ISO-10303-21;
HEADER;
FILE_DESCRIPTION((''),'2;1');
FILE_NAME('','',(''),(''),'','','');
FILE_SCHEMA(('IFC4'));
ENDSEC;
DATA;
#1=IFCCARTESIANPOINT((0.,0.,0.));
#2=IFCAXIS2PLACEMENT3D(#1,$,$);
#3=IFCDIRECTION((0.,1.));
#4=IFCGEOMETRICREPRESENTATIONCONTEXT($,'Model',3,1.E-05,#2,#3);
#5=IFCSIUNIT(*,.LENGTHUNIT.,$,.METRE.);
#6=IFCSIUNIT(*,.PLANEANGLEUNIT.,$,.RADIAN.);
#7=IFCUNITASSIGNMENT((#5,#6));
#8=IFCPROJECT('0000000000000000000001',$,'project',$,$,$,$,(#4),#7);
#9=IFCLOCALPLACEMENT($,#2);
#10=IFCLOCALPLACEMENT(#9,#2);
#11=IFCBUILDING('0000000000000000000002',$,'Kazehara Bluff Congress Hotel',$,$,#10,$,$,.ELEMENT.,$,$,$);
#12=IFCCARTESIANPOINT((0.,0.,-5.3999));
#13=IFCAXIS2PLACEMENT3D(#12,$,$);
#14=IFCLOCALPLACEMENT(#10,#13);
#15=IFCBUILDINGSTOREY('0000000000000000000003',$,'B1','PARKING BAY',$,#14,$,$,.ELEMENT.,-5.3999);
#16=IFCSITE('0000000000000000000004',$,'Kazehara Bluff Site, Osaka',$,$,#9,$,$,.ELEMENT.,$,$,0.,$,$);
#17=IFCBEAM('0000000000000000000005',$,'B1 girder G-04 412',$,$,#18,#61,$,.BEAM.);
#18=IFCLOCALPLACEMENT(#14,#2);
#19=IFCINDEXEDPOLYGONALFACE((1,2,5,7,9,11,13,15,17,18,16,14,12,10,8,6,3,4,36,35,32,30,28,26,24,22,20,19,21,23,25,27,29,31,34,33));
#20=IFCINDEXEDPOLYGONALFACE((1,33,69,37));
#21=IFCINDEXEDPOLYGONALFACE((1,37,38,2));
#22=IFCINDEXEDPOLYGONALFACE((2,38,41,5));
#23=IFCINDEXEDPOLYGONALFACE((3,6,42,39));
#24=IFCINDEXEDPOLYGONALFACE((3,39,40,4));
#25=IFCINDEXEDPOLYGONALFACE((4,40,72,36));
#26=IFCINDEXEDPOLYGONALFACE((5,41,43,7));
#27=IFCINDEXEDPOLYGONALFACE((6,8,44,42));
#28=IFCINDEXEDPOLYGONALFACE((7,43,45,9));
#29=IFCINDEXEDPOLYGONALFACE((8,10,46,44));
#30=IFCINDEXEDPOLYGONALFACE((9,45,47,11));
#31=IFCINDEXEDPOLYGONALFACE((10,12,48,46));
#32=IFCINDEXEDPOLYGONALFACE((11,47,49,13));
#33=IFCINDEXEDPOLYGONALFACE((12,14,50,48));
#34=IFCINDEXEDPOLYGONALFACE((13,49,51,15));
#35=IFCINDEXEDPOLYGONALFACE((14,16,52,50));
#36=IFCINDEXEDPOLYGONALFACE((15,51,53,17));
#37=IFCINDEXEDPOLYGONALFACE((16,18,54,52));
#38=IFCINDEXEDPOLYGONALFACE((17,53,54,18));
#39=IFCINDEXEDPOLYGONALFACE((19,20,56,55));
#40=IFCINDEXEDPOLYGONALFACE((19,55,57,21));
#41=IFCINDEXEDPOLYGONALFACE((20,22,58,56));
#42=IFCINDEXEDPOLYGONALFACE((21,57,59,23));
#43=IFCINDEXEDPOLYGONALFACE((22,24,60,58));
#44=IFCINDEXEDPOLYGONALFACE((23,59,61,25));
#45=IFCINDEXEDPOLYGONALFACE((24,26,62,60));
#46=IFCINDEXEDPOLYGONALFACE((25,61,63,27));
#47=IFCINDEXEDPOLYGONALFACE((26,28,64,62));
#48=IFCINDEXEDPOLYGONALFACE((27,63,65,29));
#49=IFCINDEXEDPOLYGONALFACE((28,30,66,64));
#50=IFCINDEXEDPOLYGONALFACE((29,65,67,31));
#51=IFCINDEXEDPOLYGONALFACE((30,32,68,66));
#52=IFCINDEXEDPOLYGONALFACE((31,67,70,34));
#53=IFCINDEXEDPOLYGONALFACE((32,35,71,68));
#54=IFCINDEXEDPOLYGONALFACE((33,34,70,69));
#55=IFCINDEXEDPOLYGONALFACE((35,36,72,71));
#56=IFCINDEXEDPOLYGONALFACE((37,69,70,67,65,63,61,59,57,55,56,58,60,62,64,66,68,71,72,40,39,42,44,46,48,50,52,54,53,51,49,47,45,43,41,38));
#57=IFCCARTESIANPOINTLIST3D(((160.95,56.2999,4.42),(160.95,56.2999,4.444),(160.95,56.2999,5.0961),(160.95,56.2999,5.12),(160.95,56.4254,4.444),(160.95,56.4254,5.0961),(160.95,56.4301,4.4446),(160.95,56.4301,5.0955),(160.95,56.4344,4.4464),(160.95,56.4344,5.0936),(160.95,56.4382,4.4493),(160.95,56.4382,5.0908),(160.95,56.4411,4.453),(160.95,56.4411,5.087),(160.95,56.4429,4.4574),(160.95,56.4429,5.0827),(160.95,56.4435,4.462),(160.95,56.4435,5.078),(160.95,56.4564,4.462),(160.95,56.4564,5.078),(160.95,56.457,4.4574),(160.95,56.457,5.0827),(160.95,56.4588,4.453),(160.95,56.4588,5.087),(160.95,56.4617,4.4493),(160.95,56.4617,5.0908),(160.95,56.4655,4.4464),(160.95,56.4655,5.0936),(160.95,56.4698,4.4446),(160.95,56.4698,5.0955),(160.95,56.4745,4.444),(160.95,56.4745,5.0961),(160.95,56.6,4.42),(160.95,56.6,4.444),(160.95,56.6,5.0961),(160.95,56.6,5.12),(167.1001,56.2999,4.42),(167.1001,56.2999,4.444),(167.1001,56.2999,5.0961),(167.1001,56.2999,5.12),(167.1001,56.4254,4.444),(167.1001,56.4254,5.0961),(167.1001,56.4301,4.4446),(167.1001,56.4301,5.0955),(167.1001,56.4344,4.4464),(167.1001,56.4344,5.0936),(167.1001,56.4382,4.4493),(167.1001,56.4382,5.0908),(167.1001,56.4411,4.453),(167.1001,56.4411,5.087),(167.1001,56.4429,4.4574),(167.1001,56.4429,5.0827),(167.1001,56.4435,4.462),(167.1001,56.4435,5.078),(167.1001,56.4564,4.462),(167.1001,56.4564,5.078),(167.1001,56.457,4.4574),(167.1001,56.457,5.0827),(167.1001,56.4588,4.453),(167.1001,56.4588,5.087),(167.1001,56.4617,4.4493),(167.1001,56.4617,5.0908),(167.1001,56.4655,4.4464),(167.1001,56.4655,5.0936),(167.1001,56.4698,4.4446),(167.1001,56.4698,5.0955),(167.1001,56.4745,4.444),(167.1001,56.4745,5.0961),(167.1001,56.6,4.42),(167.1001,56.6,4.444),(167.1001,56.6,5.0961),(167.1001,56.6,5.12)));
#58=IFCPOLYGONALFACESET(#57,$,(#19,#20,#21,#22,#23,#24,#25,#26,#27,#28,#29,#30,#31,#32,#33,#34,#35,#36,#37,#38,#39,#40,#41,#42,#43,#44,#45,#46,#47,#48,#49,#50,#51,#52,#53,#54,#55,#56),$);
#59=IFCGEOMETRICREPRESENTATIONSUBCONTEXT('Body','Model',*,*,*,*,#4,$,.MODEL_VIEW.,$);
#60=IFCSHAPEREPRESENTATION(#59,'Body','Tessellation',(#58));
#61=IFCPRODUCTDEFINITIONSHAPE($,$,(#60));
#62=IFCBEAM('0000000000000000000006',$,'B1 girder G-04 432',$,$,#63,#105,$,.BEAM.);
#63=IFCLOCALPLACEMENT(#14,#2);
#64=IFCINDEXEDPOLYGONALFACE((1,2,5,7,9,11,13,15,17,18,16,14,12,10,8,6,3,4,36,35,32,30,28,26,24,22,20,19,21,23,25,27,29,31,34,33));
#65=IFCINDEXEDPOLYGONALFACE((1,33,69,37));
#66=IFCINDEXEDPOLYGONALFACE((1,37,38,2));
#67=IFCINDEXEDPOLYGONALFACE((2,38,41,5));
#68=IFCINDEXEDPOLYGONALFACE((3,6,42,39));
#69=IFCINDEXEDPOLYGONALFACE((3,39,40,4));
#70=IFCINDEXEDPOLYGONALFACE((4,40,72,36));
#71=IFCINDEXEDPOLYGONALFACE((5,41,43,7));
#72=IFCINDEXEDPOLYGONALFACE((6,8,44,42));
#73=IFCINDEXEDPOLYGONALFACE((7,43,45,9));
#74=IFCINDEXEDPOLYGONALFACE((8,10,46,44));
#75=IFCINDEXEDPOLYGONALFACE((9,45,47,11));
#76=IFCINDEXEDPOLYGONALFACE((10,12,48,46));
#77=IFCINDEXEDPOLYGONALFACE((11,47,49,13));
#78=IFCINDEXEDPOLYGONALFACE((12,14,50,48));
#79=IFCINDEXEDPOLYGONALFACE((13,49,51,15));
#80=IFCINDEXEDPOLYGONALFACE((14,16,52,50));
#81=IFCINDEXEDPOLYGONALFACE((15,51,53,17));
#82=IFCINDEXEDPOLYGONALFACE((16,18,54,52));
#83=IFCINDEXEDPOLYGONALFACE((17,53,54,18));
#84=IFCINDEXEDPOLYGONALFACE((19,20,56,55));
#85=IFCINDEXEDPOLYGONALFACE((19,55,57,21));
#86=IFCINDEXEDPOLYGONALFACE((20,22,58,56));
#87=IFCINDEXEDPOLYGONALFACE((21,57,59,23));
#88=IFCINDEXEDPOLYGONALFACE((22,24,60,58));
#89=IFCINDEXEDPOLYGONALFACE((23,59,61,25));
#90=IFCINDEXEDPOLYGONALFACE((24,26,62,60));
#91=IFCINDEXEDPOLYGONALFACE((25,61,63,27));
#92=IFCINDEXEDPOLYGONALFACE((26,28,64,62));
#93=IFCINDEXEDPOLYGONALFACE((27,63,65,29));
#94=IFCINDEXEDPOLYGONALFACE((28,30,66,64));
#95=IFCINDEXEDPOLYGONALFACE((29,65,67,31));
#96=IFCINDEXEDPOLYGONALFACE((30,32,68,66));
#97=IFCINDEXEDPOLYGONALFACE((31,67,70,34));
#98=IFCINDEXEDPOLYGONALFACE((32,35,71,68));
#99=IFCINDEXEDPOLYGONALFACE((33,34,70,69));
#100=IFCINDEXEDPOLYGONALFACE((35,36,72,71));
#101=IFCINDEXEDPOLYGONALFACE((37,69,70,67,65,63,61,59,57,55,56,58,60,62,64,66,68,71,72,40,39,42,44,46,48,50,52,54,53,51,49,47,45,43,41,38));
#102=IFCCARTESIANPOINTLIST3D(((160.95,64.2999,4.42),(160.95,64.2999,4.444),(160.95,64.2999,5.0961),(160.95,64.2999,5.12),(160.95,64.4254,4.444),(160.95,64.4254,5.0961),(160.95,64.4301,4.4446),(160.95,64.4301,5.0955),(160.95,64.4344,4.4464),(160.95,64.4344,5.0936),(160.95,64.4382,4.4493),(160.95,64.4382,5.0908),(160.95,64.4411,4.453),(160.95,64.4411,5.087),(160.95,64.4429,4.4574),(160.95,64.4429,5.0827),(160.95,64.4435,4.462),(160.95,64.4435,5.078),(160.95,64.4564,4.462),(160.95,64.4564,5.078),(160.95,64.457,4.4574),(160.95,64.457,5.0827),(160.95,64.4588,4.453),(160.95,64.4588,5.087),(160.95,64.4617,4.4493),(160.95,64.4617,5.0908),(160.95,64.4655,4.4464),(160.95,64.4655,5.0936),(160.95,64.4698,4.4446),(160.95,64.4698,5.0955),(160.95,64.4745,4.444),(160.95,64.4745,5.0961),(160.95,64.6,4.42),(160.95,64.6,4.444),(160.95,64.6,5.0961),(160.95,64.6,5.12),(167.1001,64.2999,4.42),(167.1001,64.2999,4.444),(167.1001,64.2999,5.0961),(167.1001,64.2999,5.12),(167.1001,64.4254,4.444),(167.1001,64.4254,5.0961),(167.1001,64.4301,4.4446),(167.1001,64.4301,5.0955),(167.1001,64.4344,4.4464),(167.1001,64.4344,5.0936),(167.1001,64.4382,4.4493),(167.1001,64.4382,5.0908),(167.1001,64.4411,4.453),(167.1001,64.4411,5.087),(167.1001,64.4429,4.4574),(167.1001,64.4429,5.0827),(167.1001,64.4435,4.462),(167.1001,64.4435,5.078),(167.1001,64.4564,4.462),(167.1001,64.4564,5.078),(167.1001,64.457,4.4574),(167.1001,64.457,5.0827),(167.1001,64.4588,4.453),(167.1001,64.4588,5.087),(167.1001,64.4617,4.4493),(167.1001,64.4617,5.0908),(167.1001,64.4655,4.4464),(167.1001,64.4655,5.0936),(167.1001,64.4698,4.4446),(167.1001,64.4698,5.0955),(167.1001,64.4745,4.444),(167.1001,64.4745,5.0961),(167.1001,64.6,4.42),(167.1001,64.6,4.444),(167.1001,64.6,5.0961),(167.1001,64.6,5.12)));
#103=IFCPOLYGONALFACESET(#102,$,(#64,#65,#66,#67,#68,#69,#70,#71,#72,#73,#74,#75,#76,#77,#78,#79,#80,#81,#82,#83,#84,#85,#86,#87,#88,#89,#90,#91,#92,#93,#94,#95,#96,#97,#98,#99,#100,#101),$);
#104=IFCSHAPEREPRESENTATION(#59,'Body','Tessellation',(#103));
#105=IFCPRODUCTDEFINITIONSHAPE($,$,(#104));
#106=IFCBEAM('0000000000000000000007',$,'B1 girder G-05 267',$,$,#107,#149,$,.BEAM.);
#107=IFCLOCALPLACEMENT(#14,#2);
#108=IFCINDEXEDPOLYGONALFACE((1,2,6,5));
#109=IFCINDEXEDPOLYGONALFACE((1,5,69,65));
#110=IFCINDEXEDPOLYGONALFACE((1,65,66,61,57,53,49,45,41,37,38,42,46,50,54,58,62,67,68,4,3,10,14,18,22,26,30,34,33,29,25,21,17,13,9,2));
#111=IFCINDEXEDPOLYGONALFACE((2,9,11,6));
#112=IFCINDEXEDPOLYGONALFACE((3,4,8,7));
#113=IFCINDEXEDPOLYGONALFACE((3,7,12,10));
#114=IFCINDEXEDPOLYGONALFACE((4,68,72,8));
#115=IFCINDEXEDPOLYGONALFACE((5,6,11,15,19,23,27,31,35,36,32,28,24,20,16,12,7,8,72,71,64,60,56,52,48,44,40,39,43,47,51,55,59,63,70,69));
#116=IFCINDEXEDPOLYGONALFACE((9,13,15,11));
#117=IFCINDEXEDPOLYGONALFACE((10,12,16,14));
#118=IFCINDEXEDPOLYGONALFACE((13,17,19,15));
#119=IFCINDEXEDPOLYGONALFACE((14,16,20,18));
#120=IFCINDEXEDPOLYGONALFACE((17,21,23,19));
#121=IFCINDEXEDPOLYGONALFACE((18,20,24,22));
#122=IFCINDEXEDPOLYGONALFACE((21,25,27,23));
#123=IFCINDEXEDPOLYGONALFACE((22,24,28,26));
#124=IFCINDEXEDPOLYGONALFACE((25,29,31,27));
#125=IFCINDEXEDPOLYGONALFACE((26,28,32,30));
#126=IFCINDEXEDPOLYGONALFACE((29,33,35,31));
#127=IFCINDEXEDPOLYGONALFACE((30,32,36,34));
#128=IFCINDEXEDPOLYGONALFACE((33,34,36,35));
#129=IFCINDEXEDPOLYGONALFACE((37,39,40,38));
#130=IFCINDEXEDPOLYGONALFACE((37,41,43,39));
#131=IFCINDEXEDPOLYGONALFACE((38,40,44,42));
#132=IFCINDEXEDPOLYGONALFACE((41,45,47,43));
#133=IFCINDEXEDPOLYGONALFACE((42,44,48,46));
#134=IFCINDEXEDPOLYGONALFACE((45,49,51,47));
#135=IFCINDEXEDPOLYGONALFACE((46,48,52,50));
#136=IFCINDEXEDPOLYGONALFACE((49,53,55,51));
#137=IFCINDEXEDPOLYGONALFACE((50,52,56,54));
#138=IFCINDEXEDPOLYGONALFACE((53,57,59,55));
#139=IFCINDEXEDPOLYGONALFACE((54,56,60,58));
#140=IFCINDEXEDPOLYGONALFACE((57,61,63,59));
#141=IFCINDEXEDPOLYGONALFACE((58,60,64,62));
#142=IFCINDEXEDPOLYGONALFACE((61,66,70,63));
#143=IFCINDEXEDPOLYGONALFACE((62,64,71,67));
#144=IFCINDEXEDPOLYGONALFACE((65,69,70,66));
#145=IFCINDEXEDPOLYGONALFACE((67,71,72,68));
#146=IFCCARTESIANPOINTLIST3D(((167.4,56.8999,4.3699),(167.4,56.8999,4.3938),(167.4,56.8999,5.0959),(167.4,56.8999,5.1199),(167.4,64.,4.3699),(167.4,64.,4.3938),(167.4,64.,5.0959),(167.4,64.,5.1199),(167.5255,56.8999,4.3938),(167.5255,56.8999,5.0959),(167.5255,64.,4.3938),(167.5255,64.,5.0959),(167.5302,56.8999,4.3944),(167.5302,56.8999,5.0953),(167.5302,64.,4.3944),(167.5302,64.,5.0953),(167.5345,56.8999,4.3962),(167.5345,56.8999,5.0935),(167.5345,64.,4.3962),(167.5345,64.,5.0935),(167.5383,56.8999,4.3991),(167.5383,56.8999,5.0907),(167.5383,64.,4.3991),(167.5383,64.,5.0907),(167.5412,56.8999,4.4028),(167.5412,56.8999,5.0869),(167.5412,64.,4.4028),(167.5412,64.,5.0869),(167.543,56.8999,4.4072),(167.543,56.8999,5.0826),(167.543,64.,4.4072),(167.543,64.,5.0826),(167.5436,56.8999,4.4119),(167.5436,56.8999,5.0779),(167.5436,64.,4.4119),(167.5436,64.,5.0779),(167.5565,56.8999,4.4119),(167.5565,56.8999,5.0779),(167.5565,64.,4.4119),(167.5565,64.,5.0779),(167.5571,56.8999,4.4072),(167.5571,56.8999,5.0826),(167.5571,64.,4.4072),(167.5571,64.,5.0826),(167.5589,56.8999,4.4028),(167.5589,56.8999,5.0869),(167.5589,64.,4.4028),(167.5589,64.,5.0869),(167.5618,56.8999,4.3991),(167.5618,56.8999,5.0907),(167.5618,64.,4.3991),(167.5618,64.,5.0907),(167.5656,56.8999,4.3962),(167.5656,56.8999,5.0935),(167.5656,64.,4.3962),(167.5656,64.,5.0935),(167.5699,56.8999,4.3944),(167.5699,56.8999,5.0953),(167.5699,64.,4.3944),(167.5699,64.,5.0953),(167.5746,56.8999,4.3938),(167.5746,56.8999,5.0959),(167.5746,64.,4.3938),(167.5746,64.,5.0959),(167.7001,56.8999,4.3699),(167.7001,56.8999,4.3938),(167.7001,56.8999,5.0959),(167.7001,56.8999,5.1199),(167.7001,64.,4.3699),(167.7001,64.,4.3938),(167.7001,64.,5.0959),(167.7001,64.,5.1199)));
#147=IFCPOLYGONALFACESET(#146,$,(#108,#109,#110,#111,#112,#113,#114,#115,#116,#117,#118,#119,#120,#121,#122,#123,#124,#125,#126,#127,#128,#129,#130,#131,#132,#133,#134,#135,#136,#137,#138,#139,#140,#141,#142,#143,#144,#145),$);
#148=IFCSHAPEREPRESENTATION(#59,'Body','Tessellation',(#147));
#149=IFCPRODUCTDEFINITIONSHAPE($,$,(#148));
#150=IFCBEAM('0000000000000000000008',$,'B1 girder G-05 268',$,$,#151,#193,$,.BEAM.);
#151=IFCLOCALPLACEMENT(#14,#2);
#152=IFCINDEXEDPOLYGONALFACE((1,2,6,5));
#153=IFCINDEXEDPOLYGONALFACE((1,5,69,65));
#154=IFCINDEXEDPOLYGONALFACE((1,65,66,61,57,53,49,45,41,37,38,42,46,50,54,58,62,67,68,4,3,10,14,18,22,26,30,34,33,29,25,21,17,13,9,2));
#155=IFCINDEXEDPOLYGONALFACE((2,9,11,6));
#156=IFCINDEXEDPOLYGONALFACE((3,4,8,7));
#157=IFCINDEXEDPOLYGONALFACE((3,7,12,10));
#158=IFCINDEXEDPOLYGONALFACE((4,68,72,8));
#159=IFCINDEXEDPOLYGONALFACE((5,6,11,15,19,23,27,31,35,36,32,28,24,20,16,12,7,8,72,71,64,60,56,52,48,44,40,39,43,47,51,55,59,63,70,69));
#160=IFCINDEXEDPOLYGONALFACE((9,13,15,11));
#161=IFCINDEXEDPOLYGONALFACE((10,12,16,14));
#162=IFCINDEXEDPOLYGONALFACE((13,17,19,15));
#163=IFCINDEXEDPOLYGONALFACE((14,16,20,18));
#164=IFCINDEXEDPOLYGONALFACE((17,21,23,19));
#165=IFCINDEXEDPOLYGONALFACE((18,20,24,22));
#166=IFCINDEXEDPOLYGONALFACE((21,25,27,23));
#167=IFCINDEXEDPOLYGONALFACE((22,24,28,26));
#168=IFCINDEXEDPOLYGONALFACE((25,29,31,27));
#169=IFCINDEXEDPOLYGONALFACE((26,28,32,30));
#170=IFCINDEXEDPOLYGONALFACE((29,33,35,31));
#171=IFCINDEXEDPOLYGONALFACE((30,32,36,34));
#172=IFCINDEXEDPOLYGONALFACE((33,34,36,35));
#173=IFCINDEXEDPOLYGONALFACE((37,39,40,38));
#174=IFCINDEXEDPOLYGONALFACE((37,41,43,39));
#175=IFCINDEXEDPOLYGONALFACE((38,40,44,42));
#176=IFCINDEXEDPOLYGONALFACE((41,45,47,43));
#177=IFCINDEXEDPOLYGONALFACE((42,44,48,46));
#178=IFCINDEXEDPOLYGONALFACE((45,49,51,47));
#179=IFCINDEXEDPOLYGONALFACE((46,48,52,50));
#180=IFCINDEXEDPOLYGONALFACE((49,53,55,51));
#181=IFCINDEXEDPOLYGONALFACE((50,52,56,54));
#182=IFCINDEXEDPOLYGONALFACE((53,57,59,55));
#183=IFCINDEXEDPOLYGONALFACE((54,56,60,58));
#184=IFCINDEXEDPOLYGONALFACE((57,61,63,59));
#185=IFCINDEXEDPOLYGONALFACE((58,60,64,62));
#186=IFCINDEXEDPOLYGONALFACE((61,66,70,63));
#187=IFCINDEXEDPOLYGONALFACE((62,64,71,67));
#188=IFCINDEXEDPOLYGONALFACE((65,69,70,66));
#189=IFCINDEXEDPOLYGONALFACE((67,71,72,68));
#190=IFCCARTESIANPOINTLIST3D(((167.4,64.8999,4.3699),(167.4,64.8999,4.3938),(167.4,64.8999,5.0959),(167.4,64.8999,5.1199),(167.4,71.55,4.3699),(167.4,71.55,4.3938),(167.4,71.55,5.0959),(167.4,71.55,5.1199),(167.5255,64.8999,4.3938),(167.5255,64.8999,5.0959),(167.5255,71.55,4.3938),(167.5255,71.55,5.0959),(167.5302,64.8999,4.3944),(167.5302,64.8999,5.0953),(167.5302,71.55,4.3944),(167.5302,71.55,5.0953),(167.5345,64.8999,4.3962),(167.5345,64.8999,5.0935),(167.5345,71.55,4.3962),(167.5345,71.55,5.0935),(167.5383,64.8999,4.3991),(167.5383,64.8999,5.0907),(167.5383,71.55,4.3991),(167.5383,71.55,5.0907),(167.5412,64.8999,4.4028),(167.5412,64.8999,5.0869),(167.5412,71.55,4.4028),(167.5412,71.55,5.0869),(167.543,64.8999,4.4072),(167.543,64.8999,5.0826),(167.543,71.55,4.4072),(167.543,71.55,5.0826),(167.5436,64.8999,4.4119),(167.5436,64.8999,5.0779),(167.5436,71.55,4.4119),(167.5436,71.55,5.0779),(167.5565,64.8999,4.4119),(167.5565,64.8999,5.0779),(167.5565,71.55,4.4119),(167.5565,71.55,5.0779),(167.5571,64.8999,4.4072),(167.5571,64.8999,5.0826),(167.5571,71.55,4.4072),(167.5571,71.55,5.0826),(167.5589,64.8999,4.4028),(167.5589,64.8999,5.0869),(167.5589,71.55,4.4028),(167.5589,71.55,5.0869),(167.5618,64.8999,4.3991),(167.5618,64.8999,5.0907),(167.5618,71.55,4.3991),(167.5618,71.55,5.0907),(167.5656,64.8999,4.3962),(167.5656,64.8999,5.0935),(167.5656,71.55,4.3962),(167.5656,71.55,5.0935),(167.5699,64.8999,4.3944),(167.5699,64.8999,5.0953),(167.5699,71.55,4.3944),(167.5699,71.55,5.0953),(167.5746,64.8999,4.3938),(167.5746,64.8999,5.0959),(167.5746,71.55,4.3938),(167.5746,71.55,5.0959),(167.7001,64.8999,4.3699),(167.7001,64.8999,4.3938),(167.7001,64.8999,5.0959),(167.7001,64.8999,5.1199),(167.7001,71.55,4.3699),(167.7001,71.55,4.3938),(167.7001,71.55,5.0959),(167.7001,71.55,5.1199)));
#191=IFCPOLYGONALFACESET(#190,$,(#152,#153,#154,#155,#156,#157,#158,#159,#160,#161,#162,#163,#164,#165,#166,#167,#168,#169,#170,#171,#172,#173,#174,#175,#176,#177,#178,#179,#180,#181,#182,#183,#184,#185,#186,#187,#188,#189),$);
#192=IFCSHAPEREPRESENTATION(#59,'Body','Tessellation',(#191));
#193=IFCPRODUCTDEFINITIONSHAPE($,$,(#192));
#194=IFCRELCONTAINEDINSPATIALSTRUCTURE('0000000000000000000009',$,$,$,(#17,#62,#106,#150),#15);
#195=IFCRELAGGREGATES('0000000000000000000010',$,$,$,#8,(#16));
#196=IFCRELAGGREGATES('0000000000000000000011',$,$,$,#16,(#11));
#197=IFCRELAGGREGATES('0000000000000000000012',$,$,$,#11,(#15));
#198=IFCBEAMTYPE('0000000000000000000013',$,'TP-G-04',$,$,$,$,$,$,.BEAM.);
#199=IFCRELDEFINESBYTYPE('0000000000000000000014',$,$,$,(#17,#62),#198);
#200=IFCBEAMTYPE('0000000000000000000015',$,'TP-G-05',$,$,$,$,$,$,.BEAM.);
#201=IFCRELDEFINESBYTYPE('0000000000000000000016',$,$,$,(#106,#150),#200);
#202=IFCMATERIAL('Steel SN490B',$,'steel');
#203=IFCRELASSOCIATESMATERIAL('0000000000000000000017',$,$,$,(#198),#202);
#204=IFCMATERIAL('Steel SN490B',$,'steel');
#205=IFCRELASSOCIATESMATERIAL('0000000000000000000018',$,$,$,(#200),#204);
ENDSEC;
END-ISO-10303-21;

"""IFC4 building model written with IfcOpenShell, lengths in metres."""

from ifc_helpers import new_model, si_unit, direction, frame, origin, origin_2d, place, context, subcontext, project, spatial, i_section, extrude, material, material_profile, profile_set, type_object, element, save


model = new_model("IFC4")

# Units and contexts
model_context = context("Model", 3, precision=1e-05, world=origin(), true_north=direction((0.0, 1.0)))
body_context = subcontext(model_context, "Body", "Model", "MODEL_VIEW")
ifc_project = project(units=[si_unit("LENGTHUNIT", "METRE"), si_unit("PLANEANGLEUNIT", "RADIAN")], contexts=[model_context])

# Site, building, storey
site_placement = place(None, origin())
site = spatial("IfcSite", under=ifc_project, at=site_placement, Name="Kazehara Bluff Site, Osaka", CompositionType="ELEMENT", RefElevation=0.0)
building_placement = place(site_placement, origin())
building = spatial("IfcBuilding", under=site, at=building_placement, Name="Kazehara Bluff Congress Hotel", CompositionType="ELEMENT")
storey_placement = place(building_placement, frame((0.0, 0.0, -5.3999)))
storey = spatial("IfcBuildingStorey", under=building, at=storey_placement, Name="B1", Description="PARKING BAY", CompositionType="ELEMENT", Elevation=-5.3999)

# Beams
ifc_material_1 = material(Name="Steel SN490B", Category="steel")
ifc_material_profile_1 = material_profile(ifc_material_1, i_section(OverallWidth=0.3, OverallDepth=0.7, WebThickness=0.0129, FlangeThickness=0.0239, FilletRadius=0.0181, at=origin_2d()))
ifc_profile_set_1 = profile_set([ifc_material_profile_1], Name="Steel SN490B")
beam_type_1 = type_object("IfcBeamType", Name="TP-G-04", PredefinedType="BEAM", material=ifc_profile_set_1)
for number, where, z_axis, x_axis, name in (
    (1, (160.95, 56.45, 4.77), (1.0, 0.0, 0.0), (0.0, 1.0, 0.0), "B1 girder G-04 412"),
    (2, (160.95, 64.45, 4.77), (1.0, 0.0, 0.0), (0.0, 1.0, 0.0), "B1 girder G-04 432"),
):
    element("IfcBeam", number, at=place(storey_placement, frame(where, z_axis=z_axis, x_axis=x_axis)), inside=storey, type_object=beam_type_1, Name=name, PredefinedType="BEAM", context=body_context, shape_type="SweptSolid", body=[
        extrude(i_section(OverallWidth=0.3, OverallDepth=0.7, WebThickness=0.0129, FlangeThickness=0.0239, FilletRadius=0.0181, at=origin_2d()), origin(), (0.0, 0.0, 1.0), 6.1501),
    ])
ifc_material_2 = material(Name="Steel SN490B", Category="steel")
ifc_material_profile_2 = material_profile(ifc_material_2, i_section(OverallWidth=0.3, OverallDepth=0.75, WebThickness=0.0129, FlangeThickness=0.0239, FilletRadius=0.0181, at=origin_2d()))
ifc_profile_set_2 = profile_set([ifc_material_profile_2], Name="Steel SN490B")
beam_type_2 = type_object("IfcBeamType", Name="TP-G-05", PredefinedType="BEAM", material=ifc_profile_set_2)
beam_1_placement = place(storey_placement, frame((167.55, 56.8999, 4.7449), z_axis=(0.0, 1.0, 0.0), x_axis=(-1.0, 0.0, 0.0)))
element("IfcBeam", 3, at=beam_1_placement, inside=storey, type_object=beam_type_2, Name="B1 girder G-05 267", PredefinedType="BEAM", context=body_context, shape_type="SweptSolid", body=[
    extrude(i_section(OverallWidth=0.3, OverallDepth=0.75, WebThickness=0.0129, FlangeThickness=0.0239, FilletRadius=0.0181, at=origin_2d()), origin(), (0.0, 0.0, 1.0), 7.1001),
])
beam_2_placement = place(storey_placement, frame((167.55, 64.8999, 4.7449), z_axis=(0.0, 1.0, 0.0), x_axis=(-1.0, 0.0, 0.0)))
element("IfcBeam", 4, at=beam_2_placement, inside=storey, type_object=beam_type_2, Name="B1 girder G-05 268", PredefinedType="BEAM", context=body_context, shape_type="SweptSolid", body=[
    extrude(i_section(OverallWidth=0.3, OverallDepth=0.75, WebThickness=0.0129, FlangeThickness=0.0239, FilletRadius=0.0181, at=origin_2d()), origin(), (0.0, 0.0, 1.0), 6.6501),
])

save(model, "model.ifc")
